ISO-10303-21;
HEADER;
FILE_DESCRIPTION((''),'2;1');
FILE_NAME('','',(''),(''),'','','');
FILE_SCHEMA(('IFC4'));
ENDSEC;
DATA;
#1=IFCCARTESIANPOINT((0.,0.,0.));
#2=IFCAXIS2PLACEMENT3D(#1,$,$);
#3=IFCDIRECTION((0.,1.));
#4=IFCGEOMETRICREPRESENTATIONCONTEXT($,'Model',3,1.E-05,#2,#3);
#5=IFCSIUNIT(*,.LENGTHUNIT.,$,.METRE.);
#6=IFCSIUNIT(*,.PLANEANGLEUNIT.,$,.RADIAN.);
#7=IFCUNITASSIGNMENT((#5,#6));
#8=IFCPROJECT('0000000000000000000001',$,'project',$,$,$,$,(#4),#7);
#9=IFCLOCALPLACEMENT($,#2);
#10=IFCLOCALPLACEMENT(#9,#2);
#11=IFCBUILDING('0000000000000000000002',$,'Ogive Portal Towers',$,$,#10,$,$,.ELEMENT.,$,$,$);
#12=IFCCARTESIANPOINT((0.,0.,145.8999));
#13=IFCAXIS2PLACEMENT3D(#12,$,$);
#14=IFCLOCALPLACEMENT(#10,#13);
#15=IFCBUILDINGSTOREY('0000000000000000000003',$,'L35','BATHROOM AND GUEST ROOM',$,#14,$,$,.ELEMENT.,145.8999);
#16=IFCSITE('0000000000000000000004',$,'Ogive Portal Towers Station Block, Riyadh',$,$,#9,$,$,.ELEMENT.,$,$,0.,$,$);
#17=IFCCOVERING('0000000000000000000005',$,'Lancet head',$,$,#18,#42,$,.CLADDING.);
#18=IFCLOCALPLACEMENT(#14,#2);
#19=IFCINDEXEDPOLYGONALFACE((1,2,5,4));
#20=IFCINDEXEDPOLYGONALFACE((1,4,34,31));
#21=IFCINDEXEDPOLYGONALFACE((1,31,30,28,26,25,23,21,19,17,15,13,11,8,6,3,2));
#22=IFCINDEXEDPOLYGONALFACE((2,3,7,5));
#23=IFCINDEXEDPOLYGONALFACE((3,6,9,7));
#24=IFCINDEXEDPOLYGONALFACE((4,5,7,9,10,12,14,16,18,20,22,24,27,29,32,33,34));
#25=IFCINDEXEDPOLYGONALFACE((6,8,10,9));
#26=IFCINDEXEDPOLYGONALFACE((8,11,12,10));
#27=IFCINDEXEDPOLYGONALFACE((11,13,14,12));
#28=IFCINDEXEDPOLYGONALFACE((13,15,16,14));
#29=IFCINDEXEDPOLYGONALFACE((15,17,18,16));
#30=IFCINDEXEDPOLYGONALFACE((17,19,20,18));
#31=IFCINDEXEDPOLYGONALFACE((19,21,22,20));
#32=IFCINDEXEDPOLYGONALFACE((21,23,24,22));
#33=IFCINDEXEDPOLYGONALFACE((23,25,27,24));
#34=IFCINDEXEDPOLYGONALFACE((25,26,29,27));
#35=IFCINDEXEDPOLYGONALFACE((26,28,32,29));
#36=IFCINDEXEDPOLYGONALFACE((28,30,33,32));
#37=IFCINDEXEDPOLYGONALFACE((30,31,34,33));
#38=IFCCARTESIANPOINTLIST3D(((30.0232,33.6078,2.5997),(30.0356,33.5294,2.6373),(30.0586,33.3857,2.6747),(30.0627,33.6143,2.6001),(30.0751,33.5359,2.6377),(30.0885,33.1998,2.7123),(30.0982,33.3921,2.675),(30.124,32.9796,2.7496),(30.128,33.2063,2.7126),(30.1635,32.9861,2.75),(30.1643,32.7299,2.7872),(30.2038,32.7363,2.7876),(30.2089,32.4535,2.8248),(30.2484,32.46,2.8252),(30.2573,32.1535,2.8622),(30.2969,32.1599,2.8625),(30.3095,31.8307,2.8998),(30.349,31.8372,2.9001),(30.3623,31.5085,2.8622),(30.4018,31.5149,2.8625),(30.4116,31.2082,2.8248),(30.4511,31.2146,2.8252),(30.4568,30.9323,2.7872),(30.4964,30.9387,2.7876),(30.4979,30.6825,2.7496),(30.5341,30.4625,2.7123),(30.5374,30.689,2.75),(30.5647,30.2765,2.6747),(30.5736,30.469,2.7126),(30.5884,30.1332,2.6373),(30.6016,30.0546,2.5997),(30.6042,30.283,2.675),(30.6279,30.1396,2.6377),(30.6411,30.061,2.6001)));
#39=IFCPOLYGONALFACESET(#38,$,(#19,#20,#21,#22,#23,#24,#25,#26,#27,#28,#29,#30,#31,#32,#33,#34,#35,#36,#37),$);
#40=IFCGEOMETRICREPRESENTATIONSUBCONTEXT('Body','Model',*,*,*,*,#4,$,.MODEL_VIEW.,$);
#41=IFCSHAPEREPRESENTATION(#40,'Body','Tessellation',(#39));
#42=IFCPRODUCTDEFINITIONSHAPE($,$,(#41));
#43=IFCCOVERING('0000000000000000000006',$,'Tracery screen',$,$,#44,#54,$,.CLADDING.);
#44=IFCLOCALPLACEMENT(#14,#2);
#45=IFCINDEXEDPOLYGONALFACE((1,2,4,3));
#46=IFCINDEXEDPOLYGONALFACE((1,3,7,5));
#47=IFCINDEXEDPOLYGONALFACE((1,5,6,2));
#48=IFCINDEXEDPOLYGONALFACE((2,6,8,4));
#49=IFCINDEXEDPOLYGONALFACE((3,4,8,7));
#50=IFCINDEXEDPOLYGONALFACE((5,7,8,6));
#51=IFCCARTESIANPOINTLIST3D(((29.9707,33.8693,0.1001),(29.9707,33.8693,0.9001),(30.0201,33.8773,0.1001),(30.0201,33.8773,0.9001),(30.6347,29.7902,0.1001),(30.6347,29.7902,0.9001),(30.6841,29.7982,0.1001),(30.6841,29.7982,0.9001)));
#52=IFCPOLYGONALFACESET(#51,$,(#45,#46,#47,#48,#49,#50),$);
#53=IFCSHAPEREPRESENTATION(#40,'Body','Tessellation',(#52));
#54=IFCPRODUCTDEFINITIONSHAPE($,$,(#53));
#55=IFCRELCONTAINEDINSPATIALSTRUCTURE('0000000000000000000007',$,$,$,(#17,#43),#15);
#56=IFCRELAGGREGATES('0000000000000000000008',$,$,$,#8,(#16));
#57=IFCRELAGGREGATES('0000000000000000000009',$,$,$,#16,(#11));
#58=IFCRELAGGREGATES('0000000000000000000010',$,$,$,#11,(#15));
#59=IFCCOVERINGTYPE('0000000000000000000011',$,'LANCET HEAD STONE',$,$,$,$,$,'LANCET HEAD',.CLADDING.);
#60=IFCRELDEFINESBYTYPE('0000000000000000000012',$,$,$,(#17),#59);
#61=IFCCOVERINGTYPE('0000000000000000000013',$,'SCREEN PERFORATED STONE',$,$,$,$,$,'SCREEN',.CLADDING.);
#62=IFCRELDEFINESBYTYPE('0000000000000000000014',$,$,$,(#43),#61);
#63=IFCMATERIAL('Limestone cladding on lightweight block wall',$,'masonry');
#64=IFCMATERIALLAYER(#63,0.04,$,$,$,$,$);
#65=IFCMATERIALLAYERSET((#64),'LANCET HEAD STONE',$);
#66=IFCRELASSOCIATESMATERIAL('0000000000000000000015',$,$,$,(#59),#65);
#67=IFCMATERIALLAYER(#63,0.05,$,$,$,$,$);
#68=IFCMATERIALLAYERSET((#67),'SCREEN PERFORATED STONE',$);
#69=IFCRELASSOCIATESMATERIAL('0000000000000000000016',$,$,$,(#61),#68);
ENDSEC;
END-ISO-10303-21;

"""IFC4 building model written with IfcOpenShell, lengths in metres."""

from ifc_helpers import new_model, si_unit, direction, frame, origin, origin_2d, place, context, subcontext, project, spatial, polyline, rectangle, outline, extrude, material, layer, layer_set, type_object, element, save


model = new_model("IFC4")

# Units and contexts
model_context = context("Model", 3, precision=1e-05, world=origin(), true_north=direction((0.0, 1.0)))
body_context = subcontext(model_context, "Body", "Model", "MODEL_VIEW")
ifc_project = project(units=[si_unit("LENGTHUNIT", "METRE"), si_unit("PLANEANGLEUNIT", "RADIAN")], contexts=[model_context])

# Site, building, storey
site_placement = place(None, origin())
site = spatial("IfcSite", under=ifc_project, at=site_placement, Name="Ogive Portal Towers Station Block, Riyadh", CompositionType="ELEMENT", RefElevation=0.0)
building_placement = place(site_placement, origin())
building = spatial("IfcBuilding", under=site, at=building_placement, Name="Ogive Portal Towers", CompositionType="ELEMENT")
storey_placement = place(building_placement, frame((0.0, 0.0, 145.8999)))
storey = spatial("IfcBuildingStorey", under=building, at=storey_placement, Name="L35", Description="BATHROOM AND GUEST ROOM", CompositionType="ELEMENT", Elevation=145.8999)

# Shared definitions
ifc_material_1 = material(Name="Limestone cladding on lightweight block wall", Category="masonry")

# Coverings
ifc_layer_1 = layer(ifc_material_1, 0.04)
ifc_layer_set_1 = layer_set([ifc_layer_1], Name="LANCET HEAD STONE")
covering_type_1 = type_object("IfcCoveringType", Name="LANCET HEAD STONE", ElementType="LANCET HEAD", PredefinedType="CLADDING", material=ifc_layer_set_1)
covering_1_placement = place(storey_placement, frame((30.0627, 33.6143, 2.6001), z_axis=(0.986964, 0.160642, 0.009787), x_axis=(0.16065, -0.987011, 0.0)))
element("IfcCovering", 1, at=covering_1_placement, inside=storey, type_object=covering_type_1, Name="Lancet head", PredefinedType="CLADDING", context=body_context, shape_type="SweptSolid", body=[
    extrude(outline(polyline([(0.0, 0.0), (3.6, 0.0), (3.5203, -0.0376), (3.375, -0.075), (3.1865, -0.1126), (2.9635, -0.1499), (2.7104, -0.1875), (2.4309, -0.2251), (2.1266, -0.2625), (1.8, -0.3001), (1.4731, -0.2625), (1.1691, -0.2251), (0.8892, -0.1875), (0.6362, -0.1499), (0.4132, -0.1126), (0.225, -0.075), (0.0794, -0.0376), (0.0, 0.0)])), origin(), (0.0, 0.0, -1.0), 0.04),
])
ifc_layer_2 = layer(ifc_material_1, 0.05)
ifc_layer_set_2 = layer_set([ifc_layer_2], Name="SCREEN PERFORATED STONE")
covering_type_2 = type_object("IfcCoveringType", Name="SCREEN PERFORATED STONE", ElementType="SCREEN", PredefinedType="CLADDING", material=ifc_layer_set_2)
covering_2_placement = place(storey_placement, frame((30.3274, 31.8337, 0.1001), z_axis=(0.0, 0.0, 1.0), x_axis=(0.160655, -0.987011, 0.0)))
element("IfcCovering", 2, at=covering_2_placement, inside=storey, type_object=covering_type_2, Name="Tracery screen", PredefinedType="CLADDING", context=body_context, shape_type="SweptSolid", body=[
    extrude(rectangle(XDim=4.1328, YDim=0.05, at=origin_2d()), origin(), (0.0, 0.0, 1.0), 0.8),
])

save(model, "model.ifc")
